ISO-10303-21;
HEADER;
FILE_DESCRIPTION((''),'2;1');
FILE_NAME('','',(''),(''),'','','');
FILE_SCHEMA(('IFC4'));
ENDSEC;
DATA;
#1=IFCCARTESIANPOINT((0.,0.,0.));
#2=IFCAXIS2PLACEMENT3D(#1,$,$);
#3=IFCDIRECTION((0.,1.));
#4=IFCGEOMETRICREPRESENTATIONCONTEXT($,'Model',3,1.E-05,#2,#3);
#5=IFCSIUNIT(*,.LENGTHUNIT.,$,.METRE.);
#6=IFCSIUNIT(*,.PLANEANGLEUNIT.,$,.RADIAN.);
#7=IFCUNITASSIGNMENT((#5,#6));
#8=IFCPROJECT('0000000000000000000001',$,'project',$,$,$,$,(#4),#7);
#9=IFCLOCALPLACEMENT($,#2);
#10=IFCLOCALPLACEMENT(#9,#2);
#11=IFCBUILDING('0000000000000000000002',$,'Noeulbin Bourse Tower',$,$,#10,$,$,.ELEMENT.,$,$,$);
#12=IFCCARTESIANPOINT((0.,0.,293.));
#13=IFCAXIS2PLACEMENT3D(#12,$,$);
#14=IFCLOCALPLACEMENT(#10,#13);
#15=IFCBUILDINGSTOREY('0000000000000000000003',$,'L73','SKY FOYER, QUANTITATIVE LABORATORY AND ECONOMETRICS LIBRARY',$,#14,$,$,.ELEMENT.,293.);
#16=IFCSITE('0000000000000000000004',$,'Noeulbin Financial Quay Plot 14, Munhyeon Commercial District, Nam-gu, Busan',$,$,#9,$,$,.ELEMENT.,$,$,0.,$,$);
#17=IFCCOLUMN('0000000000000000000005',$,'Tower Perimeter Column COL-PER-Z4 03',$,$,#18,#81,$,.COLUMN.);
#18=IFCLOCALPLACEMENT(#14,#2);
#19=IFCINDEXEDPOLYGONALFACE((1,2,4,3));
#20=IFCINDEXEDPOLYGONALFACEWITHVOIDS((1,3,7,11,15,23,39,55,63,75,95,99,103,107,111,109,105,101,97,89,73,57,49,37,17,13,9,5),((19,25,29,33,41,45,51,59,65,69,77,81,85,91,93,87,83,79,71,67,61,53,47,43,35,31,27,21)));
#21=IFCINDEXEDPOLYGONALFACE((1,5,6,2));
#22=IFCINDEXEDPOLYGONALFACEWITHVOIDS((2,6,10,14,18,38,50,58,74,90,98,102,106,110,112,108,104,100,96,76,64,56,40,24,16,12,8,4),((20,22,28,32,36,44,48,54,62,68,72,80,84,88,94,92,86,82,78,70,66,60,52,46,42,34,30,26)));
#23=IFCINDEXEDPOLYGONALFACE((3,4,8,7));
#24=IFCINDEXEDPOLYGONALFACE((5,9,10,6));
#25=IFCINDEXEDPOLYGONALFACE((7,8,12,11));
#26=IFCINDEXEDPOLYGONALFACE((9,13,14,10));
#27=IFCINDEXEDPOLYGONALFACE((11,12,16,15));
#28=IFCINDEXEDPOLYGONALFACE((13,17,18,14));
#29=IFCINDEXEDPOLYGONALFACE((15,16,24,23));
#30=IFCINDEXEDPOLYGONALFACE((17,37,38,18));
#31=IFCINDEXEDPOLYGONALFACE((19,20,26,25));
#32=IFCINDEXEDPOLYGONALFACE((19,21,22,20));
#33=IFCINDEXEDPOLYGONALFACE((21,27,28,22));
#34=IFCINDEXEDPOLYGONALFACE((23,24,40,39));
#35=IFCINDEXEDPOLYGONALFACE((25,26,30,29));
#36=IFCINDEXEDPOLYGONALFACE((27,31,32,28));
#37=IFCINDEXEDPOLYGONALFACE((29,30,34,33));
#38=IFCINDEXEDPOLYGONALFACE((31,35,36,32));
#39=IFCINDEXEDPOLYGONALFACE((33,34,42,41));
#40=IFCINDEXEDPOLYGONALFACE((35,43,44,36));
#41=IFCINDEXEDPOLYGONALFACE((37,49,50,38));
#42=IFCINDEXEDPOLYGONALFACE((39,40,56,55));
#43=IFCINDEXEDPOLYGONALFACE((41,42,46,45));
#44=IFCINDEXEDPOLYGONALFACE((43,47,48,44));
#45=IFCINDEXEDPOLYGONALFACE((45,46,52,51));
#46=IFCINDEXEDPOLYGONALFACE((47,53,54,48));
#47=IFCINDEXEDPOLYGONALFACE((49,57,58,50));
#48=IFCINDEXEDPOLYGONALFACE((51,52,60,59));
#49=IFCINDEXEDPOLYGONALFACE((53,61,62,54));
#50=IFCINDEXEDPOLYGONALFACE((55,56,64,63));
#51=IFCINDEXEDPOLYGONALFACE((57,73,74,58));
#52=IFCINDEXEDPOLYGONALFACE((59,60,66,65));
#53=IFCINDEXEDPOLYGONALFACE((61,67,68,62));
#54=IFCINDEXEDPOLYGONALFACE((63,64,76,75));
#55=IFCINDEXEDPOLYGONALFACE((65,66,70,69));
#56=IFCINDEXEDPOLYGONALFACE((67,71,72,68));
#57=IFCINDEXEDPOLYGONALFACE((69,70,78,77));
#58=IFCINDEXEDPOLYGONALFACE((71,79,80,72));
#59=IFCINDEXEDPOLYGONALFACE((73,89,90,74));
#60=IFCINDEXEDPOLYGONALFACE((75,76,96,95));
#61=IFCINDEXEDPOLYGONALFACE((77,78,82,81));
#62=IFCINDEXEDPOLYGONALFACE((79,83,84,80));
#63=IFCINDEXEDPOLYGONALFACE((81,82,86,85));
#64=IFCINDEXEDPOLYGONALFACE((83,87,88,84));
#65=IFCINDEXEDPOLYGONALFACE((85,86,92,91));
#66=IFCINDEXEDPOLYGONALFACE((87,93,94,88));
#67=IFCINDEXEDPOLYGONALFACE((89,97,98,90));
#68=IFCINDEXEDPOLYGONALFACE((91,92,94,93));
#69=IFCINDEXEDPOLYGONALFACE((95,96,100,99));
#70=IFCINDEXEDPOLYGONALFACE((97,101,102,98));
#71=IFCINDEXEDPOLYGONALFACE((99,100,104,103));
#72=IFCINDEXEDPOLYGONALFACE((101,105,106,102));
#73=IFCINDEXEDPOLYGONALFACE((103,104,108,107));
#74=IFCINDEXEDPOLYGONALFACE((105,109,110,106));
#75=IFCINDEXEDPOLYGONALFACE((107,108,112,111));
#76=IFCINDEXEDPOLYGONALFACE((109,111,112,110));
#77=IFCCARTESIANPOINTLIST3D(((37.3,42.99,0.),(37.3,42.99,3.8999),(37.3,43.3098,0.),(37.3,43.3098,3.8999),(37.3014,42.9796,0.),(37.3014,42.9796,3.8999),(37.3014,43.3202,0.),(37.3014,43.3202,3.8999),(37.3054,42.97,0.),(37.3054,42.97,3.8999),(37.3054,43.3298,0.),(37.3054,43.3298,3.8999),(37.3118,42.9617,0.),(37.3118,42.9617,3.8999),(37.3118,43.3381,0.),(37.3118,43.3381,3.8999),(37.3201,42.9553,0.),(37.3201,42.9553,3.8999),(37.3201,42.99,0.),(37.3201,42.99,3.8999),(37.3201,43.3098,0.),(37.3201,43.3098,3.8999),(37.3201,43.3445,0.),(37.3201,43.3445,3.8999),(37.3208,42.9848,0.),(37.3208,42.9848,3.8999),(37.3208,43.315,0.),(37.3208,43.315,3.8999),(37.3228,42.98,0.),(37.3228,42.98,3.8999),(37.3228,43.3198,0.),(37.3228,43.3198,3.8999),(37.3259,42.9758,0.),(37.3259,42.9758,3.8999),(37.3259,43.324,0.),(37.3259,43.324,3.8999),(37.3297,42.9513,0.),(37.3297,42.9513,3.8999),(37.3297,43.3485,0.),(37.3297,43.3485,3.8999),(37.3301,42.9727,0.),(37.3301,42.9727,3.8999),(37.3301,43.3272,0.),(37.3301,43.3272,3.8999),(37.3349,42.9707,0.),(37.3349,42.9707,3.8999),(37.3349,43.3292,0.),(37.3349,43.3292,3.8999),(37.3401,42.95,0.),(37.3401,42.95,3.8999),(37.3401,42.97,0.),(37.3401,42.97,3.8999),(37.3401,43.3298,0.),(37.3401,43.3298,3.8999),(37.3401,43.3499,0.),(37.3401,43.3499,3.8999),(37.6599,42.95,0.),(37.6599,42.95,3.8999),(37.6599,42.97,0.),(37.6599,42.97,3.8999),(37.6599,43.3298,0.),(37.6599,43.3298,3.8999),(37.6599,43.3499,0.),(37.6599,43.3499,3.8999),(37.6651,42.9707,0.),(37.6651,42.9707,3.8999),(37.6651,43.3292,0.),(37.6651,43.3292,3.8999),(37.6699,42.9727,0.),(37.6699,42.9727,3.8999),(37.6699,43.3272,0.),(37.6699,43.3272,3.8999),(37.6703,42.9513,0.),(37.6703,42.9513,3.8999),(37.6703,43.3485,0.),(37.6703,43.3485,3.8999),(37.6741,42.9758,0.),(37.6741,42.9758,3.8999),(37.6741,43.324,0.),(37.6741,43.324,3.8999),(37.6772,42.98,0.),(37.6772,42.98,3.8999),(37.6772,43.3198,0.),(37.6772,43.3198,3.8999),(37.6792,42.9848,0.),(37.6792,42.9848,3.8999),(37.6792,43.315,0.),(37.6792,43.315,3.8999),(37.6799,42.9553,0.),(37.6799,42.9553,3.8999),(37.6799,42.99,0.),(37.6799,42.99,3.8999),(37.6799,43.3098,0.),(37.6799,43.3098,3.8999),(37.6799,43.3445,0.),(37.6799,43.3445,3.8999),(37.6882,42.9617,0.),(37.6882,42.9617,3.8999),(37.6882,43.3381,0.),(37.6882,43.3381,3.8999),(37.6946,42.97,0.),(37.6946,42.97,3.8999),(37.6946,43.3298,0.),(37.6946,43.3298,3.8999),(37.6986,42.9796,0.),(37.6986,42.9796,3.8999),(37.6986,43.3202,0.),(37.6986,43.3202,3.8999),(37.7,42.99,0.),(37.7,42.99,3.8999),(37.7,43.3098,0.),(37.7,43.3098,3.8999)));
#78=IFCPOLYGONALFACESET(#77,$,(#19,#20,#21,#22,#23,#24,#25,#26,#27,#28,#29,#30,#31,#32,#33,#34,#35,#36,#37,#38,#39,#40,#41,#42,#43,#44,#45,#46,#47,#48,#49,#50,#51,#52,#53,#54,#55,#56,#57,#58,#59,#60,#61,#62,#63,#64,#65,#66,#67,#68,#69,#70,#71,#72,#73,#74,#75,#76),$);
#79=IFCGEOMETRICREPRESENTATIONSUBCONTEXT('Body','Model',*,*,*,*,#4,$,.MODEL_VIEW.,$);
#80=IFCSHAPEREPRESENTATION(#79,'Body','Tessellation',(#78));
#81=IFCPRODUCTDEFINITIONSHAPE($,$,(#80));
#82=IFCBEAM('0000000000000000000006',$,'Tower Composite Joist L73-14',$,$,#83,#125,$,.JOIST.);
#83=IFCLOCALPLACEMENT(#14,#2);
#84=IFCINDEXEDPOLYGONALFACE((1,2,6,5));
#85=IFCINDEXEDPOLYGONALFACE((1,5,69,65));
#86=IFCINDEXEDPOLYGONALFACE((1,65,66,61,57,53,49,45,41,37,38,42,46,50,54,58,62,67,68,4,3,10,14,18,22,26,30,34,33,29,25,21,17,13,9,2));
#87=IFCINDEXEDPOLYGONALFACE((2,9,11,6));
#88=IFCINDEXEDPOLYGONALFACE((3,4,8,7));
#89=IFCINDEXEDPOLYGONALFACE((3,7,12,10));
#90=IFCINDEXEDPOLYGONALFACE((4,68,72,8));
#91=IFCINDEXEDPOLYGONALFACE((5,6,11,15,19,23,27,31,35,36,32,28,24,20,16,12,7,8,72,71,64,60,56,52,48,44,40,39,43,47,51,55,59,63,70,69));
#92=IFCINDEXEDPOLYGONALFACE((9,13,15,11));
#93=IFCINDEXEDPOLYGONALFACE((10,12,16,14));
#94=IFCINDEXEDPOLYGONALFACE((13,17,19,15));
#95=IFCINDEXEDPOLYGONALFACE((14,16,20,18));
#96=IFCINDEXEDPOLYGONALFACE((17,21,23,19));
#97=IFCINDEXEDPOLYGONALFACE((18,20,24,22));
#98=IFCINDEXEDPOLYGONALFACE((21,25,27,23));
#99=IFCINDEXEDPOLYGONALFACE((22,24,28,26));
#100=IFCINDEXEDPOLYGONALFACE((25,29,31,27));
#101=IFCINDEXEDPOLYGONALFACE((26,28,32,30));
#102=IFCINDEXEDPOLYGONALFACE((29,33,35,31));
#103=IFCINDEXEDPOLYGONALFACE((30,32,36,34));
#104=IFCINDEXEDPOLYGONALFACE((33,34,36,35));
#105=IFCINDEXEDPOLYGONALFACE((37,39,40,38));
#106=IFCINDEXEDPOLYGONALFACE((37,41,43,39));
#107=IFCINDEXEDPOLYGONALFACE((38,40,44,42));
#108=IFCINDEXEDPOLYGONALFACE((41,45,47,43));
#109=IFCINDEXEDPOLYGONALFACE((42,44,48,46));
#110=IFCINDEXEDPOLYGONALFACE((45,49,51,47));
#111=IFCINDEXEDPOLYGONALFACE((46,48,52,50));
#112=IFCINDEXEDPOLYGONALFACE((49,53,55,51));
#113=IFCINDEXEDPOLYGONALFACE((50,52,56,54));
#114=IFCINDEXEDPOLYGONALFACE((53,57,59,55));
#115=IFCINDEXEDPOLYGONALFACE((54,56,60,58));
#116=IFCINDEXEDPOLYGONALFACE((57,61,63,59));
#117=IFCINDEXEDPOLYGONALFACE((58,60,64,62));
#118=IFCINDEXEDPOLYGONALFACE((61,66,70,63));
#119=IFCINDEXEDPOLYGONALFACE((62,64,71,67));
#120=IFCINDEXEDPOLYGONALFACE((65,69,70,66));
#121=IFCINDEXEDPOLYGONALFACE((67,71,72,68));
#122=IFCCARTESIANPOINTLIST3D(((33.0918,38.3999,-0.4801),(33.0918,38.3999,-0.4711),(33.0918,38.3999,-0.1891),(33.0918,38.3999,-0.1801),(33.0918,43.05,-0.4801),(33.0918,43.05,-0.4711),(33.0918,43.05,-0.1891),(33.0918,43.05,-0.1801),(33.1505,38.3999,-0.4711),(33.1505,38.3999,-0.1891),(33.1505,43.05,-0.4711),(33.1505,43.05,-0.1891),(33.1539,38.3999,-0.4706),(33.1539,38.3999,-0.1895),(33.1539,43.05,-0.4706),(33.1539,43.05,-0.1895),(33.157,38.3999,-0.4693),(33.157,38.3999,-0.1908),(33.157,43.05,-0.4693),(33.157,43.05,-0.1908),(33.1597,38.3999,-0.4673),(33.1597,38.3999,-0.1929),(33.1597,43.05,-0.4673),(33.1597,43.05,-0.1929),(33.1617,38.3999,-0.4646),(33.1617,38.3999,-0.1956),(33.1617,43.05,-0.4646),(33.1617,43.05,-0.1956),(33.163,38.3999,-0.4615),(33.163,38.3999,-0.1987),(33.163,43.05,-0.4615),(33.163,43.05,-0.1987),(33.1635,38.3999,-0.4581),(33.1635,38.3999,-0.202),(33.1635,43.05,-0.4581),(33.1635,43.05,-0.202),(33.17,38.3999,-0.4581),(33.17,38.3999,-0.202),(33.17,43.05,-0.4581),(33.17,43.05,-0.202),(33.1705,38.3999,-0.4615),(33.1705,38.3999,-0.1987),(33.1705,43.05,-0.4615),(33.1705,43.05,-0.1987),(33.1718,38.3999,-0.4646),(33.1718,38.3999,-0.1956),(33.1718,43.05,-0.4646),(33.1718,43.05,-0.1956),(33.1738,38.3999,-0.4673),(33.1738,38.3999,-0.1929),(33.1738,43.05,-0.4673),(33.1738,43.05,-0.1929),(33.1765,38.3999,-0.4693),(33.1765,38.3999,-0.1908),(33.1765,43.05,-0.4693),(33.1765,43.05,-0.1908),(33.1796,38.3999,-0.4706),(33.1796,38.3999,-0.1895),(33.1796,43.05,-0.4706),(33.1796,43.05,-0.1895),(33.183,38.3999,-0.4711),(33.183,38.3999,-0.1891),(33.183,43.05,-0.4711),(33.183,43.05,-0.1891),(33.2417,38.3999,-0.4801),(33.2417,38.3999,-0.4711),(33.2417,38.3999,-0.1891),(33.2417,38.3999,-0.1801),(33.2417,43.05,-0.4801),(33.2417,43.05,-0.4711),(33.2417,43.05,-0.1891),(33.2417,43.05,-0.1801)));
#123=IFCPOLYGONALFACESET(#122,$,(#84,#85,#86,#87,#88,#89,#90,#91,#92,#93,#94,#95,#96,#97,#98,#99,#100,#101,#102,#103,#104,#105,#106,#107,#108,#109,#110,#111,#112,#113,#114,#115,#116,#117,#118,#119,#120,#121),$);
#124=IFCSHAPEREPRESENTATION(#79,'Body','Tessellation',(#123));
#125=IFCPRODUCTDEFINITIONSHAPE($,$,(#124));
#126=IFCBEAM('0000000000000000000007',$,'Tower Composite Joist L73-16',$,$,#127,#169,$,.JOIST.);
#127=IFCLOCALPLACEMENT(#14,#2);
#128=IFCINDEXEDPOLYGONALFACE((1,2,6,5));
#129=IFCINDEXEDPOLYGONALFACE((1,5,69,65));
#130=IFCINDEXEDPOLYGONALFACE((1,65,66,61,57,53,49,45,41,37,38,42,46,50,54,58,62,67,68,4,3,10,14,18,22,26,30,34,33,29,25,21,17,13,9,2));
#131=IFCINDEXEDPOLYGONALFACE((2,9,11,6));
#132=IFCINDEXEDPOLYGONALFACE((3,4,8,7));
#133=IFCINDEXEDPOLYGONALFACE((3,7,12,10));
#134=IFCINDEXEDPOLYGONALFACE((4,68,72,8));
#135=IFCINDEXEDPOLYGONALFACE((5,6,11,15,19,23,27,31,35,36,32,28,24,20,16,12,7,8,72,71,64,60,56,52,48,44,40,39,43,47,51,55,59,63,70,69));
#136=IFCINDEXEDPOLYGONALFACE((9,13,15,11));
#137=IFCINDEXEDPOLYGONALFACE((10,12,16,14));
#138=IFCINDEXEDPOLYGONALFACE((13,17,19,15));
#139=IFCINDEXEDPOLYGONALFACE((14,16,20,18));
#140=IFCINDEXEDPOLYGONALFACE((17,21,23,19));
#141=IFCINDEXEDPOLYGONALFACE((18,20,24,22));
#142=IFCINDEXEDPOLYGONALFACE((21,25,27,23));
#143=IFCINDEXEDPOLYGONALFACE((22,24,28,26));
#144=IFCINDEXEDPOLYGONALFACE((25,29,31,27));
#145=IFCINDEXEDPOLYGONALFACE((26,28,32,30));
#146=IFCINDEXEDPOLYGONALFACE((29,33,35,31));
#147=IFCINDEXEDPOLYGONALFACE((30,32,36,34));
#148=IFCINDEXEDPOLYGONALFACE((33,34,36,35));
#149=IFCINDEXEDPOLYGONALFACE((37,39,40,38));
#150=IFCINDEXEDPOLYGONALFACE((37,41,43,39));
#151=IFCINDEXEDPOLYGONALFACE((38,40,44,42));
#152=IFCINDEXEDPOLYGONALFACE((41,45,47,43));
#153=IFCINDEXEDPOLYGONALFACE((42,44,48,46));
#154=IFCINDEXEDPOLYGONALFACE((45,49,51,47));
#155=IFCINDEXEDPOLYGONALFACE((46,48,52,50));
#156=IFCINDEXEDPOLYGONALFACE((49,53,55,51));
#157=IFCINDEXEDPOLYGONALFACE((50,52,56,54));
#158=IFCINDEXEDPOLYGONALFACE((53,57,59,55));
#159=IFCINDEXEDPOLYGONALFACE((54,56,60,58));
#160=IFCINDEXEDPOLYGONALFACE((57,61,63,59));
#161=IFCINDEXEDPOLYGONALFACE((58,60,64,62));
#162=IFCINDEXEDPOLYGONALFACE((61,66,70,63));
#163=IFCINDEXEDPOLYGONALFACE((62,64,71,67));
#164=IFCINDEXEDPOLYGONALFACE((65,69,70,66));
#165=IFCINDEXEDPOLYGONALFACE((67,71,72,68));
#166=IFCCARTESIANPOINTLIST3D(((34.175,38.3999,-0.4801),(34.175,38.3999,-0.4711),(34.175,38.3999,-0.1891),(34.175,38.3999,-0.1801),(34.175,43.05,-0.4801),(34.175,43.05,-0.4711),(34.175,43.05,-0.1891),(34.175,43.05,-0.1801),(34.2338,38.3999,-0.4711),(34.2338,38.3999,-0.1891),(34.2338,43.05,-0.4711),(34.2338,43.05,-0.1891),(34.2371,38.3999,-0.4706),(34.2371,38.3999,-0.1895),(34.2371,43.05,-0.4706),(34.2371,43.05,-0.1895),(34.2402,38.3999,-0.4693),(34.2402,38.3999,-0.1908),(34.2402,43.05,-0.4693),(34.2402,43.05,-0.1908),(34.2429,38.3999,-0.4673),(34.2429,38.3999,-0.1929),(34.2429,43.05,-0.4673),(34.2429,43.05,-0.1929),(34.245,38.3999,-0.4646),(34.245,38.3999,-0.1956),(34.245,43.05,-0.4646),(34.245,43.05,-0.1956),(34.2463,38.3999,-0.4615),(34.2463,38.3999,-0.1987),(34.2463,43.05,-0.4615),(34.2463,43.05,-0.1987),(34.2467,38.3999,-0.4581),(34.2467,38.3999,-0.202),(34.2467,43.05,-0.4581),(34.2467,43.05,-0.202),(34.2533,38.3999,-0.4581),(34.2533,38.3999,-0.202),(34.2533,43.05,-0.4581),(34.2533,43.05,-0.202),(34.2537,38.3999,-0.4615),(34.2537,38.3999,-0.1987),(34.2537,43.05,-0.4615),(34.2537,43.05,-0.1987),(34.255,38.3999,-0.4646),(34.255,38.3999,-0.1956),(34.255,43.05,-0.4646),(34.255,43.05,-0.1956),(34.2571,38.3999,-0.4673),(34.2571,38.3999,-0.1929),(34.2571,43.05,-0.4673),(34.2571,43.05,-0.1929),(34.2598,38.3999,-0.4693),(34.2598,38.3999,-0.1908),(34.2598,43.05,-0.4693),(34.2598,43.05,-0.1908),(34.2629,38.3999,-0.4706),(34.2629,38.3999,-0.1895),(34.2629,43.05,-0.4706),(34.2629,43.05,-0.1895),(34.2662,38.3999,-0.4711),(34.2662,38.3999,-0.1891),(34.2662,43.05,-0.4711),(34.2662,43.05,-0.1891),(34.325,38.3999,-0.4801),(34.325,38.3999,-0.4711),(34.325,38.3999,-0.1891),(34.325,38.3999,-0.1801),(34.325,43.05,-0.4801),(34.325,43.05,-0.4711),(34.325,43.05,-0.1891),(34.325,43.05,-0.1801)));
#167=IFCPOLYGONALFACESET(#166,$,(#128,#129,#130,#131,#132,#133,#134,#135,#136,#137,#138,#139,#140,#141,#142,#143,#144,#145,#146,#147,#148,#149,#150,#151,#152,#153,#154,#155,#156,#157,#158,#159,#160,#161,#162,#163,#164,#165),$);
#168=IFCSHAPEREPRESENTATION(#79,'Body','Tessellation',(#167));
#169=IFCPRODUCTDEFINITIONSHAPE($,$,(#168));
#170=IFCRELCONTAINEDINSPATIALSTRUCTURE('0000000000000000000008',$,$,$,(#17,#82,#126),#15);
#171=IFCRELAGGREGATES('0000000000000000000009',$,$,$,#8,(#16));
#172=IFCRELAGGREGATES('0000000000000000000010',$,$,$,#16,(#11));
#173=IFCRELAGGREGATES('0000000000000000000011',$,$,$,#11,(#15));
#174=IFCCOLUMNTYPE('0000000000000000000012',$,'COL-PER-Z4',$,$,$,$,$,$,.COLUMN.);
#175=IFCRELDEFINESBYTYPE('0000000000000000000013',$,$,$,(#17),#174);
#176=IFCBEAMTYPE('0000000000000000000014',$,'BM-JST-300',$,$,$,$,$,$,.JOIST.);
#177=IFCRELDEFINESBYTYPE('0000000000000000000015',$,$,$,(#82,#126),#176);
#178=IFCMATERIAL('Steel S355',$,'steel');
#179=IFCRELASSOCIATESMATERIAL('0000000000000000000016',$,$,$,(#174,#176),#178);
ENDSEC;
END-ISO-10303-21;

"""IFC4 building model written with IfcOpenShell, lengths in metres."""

from ifc_helpers import new_model, si_unit, direction, frame, origin, origin_2d, place, context, subcontext, project, spatial, hollow_rectangle, i_section, extrude, material, material_profile, profile_set, type_object, element, save


model = new_model("IFC4")

# Units and contexts
model_context = context("Model", 3, precision=1e-05, world=origin(), true_north=direction((0.0, 1.0)))
body_context = subcontext(model_context, "Body", "Model", "MODEL_VIEW")
ifc_project = project(units=[si_unit("LENGTHUNIT", "METRE"), si_unit("PLANEANGLEUNIT", "RADIAN")], contexts=[model_context])

# Site, building, storey
site_placement = place(None, origin())
site = spatial("IfcSite", under=ifc_project, at=site_placement, Name="Noeulbin Financial Quay Plot 14, Munhyeon Commercial District, Nam-gu, Busan", CompositionType="ELEMENT", RefElevation=0.0)
building_placement = place(site_placement, origin())
building = spatial("IfcBuilding", under=site, at=building_placement, Name="Noeulbin Bourse Tower", CompositionType="ELEMENT")
storey_placement = place(building_placement, frame((0.0, 0.0, 293.0)))
storey = spatial("IfcBuildingStorey", under=building, at=storey_placement, Name="L73", Description="SKY FOYER, QUANTITATIVE LABORATORY AND ECONOMETRICS LIBRARY", CompositionType="ELEMENT", Elevation=293.0)

# Column
ifc_material_1 = material(Name="Steel S355", Category="steel")
ifc_material_profile_1 = material_profile(ifc_material_1, hollow_rectangle(XDim=0.3999, YDim=0.3999, WallThickness=0.02, InnerFilletRadius=0.02, OuterFilletRadius=0.04, at=origin_2d()), Name="SHS-400x400x20", Category="LoadBearing")
ifc_profile_set_1 = profile_set([ifc_material_profile_1], Name="Steel S355")
column_type = type_object("IfcColumnType", Name="COL-PER-Z4", PredefinedType="COLUMN", material=ifc_profile_set_1)
column_placement = place(storey_placement, frame((37.5, 43.1499, 0.0), z_axis=(0.0, 0.0, 1.0), x_axis=(1.0, 0.0, 0.0)))
element("IfcColumn", 1, at=column_placement, inside=storey, type_object=column_type, Name="Tower Perimeter Column COL-PER-Z4 03", PredefinedType="COLUMN", context=body_context, shape_type="SweptSolid", body=[
    extrude(hollow_rectangle(XDim=0.3999, YDim=0.3999, WallThickness=0.02, InnerFilletRadius=0.02, OuterFilletRadius=0.04, at=origin_2d()), origin(), (0.0, 0.0, 1.0), 3.8999),
])

# Beams
ifc_material_profile_2 = material_profile(ifc_material_1, i_section(OverallWidth=0.1499, OverallDepth=0.3, WebThickness=0.0066, FlangeThickness=0.009, FilletRadius=0.0129, at=origin_2d()), Name="H-300x150x6.5x9", Category="LoadBearing")
ifc_profile_set_2 = profile_set([ifc_material_profile_2], Name="Steel S355")
beam_type_1 = type_object("IfcBeamType", Name="BM-JST-300", PredefinedType="JOIST", material=ifc_profile_set_2)
for number, where, z_axis, x_axis, name in (
    (2, (33.1667, 38.3999, -0.3301), (0.0, 1.0, 0.0), (-1.0, 0.0, 0.0), "Tower Composite Joist L73-14"),
    (3, (34.25, 38.3999, -0.3301), (0.0, 1.0, 0.0), (-1.0, 0.0, 0.0), "Tower Composite Joist L73-16"),
):
    element("IfcBeam", number, at=place(storey_placement, frame(where, z_axis=z_axis, x_axis=x_axis)), inside=storey, type_object=beam_type_1, Name=name, PredefinedType="JOIST", context=body_context, shape_type="SweptSolid", body=[
        extrude(i_section(OverallWidth=0.1499, OverallDepth=0.3, WebThickness=0.0066, FlangeThickness=0.009, FilletRadius=0.0129, at=origin_2d()), origin(), (0.0, 0.0, 1.0), 4.6501),
    ])

save(model, "model.ifc")
